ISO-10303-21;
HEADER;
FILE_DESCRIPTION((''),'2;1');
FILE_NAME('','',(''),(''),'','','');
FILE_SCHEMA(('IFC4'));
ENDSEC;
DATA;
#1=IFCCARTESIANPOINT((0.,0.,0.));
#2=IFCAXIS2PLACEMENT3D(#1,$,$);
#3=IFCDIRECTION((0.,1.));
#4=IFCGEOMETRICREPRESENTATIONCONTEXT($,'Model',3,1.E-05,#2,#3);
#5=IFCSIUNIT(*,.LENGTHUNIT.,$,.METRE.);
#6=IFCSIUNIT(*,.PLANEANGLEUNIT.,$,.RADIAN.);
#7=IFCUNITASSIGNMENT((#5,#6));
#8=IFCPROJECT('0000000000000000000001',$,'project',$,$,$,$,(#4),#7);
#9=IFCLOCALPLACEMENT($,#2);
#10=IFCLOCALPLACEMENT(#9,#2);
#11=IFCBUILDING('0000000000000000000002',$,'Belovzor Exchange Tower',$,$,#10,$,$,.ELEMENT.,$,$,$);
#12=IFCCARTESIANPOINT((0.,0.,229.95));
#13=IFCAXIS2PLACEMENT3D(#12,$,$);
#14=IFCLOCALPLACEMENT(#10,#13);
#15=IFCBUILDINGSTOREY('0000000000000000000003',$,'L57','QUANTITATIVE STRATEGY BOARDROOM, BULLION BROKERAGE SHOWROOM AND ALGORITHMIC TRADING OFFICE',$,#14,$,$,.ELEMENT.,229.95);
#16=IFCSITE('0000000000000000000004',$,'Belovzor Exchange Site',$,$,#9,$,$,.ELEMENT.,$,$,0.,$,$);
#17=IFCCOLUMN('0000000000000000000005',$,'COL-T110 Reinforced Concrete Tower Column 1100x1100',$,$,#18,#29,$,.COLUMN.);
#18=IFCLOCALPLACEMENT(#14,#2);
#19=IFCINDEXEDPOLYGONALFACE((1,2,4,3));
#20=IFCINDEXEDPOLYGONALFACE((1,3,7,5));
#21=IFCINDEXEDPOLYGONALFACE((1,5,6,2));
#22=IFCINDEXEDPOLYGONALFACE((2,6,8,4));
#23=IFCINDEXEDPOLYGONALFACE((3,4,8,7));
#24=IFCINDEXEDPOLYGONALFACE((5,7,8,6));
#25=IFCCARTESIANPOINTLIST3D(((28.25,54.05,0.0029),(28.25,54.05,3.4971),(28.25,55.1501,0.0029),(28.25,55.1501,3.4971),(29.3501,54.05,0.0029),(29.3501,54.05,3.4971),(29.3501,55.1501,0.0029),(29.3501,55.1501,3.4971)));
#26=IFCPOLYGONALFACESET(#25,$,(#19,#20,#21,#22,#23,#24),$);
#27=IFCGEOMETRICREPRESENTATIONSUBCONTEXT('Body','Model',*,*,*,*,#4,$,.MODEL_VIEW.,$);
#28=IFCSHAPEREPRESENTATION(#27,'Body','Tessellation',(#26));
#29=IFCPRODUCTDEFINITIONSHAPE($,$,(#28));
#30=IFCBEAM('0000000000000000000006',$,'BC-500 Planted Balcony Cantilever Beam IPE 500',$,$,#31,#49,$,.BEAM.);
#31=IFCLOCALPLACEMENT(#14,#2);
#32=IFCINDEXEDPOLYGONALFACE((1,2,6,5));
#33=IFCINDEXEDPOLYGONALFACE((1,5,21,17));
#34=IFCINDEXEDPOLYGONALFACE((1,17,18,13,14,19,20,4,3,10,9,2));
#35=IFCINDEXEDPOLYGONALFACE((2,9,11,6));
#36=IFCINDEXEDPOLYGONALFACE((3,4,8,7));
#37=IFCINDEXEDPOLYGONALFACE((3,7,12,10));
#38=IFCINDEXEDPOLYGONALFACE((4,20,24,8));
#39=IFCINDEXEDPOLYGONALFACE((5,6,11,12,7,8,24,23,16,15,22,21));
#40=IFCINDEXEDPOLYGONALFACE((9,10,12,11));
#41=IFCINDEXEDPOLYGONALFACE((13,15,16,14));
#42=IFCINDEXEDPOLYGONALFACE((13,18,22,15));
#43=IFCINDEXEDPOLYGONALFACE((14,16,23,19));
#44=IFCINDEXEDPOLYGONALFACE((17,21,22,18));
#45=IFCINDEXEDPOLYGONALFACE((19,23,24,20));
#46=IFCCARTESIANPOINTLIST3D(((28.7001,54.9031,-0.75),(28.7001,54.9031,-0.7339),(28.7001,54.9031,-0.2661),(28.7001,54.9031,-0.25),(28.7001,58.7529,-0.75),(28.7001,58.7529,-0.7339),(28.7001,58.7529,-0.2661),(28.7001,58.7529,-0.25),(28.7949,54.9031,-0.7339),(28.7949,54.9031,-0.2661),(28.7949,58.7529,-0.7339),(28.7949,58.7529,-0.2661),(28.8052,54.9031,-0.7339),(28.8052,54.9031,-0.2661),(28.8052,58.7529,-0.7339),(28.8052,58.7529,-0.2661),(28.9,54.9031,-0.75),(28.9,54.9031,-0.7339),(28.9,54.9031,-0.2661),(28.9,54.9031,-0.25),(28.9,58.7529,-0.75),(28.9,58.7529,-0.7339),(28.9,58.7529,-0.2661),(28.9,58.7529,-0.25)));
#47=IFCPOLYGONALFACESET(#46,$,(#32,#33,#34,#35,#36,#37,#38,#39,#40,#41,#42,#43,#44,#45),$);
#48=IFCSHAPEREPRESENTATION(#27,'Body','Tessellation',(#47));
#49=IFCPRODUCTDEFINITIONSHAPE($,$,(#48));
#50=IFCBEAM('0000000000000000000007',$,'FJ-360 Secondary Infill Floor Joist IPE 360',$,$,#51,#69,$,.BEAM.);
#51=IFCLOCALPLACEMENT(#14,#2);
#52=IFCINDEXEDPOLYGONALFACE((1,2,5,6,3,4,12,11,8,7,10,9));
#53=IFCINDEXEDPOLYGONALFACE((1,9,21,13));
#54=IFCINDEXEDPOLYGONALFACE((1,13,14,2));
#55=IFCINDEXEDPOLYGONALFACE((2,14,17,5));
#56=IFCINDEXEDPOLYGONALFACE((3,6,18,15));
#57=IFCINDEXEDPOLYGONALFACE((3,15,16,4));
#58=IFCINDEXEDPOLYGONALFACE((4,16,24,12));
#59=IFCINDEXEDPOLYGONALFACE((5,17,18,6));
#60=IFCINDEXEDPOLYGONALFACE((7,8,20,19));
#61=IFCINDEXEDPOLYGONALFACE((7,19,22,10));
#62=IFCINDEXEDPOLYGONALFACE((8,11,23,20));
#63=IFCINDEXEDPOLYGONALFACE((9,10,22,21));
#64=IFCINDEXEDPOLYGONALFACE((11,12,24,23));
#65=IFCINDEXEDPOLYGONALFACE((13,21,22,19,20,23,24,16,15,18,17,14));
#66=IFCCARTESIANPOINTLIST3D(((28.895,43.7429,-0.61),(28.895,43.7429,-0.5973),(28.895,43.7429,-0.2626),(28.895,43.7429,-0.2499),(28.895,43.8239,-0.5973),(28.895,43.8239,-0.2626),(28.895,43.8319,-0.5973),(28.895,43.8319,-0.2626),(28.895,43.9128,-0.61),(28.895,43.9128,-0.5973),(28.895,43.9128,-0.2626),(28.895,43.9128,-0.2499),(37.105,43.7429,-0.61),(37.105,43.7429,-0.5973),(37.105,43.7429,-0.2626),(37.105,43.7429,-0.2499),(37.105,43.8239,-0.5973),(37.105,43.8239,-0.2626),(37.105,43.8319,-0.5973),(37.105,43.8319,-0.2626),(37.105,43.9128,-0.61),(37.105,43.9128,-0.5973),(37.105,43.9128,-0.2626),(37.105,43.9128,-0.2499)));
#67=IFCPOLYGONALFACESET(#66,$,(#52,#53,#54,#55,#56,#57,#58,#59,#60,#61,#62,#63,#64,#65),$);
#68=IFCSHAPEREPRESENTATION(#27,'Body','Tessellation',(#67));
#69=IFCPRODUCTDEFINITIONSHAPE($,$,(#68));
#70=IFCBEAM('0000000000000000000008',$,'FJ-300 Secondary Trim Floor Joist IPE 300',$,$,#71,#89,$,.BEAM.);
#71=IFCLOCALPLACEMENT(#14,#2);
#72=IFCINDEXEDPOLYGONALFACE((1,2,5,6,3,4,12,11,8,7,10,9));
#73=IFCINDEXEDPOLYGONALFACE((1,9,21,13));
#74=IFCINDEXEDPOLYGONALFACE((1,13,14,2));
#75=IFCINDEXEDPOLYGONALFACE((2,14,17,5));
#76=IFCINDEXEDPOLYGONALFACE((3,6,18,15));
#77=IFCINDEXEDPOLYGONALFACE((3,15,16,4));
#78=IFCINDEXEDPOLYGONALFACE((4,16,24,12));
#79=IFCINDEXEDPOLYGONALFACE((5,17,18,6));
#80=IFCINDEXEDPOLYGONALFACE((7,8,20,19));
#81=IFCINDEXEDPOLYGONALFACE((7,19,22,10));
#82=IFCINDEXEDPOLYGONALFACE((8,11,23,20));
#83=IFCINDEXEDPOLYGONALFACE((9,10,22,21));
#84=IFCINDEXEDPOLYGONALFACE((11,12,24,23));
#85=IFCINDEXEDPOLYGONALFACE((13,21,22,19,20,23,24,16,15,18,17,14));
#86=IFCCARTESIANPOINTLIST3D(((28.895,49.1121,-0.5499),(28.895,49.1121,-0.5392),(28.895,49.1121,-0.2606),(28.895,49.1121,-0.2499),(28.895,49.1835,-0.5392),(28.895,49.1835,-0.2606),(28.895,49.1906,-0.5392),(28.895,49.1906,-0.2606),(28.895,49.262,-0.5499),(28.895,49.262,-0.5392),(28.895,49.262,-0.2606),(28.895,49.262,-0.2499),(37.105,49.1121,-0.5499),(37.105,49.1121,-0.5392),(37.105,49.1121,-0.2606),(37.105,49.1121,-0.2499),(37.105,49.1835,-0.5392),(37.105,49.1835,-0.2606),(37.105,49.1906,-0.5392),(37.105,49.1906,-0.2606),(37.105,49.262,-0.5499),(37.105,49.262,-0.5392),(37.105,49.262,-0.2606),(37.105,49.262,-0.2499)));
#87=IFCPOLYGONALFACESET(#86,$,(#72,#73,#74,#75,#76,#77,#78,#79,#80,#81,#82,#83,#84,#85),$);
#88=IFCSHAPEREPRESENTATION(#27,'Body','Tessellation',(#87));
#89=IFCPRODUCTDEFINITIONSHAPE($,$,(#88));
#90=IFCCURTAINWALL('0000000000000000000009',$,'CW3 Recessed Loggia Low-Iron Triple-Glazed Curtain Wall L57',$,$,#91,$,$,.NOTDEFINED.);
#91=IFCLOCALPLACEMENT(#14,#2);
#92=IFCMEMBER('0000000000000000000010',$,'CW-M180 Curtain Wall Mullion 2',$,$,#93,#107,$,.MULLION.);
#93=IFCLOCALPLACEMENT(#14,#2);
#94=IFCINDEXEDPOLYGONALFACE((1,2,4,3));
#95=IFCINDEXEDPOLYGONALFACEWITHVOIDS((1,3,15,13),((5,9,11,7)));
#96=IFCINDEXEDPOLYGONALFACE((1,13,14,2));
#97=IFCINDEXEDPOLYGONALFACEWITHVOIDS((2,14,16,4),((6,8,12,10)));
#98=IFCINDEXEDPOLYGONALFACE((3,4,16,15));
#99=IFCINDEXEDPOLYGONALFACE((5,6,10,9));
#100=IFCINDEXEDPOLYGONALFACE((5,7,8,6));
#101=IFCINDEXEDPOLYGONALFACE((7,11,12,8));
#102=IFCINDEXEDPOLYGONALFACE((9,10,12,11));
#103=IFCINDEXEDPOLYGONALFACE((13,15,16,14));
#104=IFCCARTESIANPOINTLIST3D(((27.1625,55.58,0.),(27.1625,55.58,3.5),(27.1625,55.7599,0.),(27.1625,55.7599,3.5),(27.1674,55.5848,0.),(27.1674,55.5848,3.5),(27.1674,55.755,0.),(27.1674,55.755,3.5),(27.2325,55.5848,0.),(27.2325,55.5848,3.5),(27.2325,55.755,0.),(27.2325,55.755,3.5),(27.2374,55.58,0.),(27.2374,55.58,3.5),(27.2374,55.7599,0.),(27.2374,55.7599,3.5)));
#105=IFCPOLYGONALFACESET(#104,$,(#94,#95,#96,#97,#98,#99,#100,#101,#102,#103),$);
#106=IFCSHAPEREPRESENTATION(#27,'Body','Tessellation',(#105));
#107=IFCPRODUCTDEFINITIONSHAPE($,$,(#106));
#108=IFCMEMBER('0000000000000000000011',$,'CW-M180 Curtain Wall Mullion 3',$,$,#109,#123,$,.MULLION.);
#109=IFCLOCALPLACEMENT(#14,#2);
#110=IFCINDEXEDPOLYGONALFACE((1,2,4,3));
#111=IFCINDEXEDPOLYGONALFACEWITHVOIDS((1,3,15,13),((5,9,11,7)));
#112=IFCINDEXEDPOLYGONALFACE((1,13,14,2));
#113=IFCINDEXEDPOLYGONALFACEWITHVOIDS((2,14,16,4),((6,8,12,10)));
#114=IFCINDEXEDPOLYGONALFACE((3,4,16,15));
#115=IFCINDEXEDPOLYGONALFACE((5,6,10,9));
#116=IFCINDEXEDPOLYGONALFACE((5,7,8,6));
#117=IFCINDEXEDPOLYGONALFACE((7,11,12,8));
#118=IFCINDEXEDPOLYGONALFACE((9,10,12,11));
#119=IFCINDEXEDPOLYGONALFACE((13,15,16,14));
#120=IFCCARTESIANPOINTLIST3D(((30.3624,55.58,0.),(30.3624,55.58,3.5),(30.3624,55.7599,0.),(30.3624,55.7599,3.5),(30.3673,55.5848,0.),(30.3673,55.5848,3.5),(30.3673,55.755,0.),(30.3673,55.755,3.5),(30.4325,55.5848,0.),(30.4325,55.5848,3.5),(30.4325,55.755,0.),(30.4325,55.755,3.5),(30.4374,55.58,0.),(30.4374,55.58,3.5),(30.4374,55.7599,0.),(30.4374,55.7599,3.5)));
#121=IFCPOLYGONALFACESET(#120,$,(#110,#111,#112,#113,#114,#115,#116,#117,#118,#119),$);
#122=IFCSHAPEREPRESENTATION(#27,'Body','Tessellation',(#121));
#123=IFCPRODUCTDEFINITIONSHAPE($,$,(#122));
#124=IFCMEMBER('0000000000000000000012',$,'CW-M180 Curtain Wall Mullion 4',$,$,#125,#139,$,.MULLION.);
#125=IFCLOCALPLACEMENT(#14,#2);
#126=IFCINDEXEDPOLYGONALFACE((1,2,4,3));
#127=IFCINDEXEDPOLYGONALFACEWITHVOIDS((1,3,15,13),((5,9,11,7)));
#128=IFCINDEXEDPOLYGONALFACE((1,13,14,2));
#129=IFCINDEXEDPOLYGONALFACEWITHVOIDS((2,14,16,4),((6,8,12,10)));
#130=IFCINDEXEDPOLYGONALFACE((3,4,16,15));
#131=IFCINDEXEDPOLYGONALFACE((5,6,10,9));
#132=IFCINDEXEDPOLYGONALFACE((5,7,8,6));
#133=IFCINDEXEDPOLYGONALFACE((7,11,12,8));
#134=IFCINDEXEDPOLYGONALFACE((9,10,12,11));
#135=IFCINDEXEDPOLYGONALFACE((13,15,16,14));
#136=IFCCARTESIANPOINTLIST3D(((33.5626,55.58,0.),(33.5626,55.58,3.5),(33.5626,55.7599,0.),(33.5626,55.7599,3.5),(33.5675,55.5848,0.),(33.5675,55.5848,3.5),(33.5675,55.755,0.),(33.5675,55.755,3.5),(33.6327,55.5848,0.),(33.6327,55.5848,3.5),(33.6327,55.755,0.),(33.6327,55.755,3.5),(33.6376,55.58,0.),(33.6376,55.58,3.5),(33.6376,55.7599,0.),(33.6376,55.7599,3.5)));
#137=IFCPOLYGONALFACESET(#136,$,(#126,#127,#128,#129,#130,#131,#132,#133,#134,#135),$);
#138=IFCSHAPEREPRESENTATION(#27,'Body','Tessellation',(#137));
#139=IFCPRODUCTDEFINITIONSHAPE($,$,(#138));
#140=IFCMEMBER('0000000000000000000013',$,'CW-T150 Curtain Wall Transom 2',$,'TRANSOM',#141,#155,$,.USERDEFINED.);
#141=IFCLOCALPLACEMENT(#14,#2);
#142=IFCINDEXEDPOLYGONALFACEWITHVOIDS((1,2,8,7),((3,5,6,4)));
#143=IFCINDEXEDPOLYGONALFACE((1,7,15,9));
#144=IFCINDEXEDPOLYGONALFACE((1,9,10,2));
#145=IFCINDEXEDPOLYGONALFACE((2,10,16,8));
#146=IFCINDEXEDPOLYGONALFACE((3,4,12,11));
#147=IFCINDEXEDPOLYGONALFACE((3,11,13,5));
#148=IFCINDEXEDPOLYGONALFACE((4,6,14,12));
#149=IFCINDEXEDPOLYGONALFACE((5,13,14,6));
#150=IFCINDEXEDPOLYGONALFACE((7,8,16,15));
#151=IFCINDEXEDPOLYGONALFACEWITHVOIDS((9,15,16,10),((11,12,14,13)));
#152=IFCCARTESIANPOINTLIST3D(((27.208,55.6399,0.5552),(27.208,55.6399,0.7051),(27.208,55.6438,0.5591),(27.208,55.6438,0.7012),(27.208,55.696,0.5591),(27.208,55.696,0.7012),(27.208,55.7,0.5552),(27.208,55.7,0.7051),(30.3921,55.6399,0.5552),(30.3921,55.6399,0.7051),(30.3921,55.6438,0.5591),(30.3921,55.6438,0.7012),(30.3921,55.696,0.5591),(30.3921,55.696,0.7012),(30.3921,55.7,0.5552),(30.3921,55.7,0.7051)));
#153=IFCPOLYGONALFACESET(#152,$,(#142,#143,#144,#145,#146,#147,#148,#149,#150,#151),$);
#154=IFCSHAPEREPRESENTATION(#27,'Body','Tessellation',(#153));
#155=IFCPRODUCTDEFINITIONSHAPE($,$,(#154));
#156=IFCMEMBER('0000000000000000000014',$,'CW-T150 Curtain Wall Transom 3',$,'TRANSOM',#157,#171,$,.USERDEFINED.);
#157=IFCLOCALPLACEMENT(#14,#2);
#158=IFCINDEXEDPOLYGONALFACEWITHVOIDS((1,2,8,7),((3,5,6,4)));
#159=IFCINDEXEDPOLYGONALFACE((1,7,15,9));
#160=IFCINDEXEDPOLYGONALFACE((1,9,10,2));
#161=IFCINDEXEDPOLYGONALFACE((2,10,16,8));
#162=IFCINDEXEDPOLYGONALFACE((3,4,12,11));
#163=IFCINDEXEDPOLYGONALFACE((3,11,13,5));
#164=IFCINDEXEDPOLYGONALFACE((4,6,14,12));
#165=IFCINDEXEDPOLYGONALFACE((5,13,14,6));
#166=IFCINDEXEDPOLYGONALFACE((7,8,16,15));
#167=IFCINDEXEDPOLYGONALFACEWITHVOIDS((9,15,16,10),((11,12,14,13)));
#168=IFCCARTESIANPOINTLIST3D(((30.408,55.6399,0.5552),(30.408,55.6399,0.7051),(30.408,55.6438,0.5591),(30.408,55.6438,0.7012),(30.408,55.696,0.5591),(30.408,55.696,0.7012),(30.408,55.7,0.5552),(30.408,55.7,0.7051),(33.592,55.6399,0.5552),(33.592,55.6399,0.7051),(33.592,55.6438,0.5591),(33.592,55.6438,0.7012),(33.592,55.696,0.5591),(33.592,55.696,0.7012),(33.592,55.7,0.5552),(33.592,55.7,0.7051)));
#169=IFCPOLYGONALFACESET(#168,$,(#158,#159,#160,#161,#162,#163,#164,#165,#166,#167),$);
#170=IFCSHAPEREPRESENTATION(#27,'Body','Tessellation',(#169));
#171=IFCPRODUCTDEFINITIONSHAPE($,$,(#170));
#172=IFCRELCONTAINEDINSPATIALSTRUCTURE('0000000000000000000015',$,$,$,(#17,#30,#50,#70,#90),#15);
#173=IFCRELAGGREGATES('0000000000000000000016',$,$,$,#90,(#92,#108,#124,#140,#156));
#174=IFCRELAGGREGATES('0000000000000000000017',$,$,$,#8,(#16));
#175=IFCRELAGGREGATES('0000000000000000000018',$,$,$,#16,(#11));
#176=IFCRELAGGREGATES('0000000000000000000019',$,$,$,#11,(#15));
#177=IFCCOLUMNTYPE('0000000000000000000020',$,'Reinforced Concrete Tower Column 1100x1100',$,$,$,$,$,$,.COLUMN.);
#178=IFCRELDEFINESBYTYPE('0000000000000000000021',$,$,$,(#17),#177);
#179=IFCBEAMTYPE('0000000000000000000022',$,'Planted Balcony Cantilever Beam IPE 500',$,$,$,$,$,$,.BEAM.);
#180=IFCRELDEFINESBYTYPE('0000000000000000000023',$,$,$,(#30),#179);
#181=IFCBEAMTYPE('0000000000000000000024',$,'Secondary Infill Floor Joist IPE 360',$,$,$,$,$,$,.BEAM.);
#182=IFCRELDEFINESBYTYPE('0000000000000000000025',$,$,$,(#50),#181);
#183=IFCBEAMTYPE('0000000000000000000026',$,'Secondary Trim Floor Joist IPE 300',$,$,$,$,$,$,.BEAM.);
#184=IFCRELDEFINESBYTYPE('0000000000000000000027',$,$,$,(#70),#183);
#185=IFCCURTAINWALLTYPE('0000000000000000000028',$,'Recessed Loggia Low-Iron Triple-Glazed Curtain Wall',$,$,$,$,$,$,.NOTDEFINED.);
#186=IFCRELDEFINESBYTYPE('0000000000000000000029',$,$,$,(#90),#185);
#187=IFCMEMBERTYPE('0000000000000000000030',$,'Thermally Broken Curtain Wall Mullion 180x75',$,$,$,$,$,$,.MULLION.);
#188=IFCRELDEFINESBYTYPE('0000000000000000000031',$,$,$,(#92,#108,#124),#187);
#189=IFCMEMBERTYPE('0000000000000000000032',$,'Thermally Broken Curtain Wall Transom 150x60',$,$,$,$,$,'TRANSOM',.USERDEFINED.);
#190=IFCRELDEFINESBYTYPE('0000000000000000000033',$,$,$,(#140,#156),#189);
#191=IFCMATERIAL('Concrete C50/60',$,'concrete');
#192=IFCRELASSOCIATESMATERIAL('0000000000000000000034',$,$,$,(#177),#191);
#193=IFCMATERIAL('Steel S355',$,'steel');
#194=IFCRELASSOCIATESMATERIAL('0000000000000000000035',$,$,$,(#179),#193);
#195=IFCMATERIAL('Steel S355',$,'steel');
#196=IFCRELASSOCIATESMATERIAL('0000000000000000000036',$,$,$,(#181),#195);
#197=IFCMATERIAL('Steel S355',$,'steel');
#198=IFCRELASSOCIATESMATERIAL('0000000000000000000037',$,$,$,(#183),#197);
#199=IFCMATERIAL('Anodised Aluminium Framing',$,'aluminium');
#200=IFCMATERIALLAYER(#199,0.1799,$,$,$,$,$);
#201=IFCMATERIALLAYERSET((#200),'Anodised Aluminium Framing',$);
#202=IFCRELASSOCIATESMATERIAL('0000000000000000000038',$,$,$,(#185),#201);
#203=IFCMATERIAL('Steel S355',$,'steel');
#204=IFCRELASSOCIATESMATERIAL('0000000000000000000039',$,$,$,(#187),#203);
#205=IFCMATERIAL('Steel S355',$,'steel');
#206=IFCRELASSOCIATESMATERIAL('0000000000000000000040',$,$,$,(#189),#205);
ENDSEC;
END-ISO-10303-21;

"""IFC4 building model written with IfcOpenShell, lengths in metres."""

from ifc_helpers import new_model, si_unit, direction, frame, origin, origin_2d, place, context, subcontext, project, spatial, rectangle, hollow_rectangle, i_section, extrude, material, layer, layer_set, material_profile, profile_set, type_object, element, aggregate, save


model = new_model("IFC4")

# Units and contexts
model_context = context("Model", 3, precision=1e-05, world=origin(), true_north=direction((0.0, 1.0)))
body_context = subcontext(model_context, "Body", "Model", "MODEL_VIEW")
ifc_project = project(units=[si_unit("LENGTHUNIT", "METRE"), si_unit("PLANEANGLEUNIT", "RADIAN")], contexts=[model_context])

# Site, building, storey
site_placement = place(None, origin())
site = spatial("IfcSite", under=ifc_project, at=site_placement, Name="Belovzor Exchange Site", CompositionType="ELEMENT", RefElevation=0.0)
building_placement = place(site_placement, origin())
building = spatial("IfcBuilding", under=site, at=building_placement, Name="Belovzor Exchange Tower", CompositionType="ELEMENT")
storey_placement = place(building_placement, frame((0.0, 0.0, 229.95)))
storey = spatial("IfcBuildingStorey", under=building, at=storey_placement, Name="L57", Description="QUANTITATIVE STRATEGY BOARDROOM, BULLION BROKERAGE SHOWROOM AND ALGORITHMIC TRADING OFFICE", CompositionType="ELEMENT", Elevation=229.95)

# Column
ifc_material_1 = material(Name="Concrete C50/60", Category="concrete")
ifc_material_profile_1 = material_profile(ifc_material_1, rectangle(XDim=1.1001, YDim=1.1001, at=origin_2d()))
ifc_profile_set_1 = profile_set([ifc_material_profile_1], Name="Concrete C50/60")
column_type = type_object("IfcColumnType", Name="Reinforced Concrete Tower Column 1100x1100", PredefinedType="COLUMN", material=ifc_profile_set_1)
column_placement = place(storey_placement, frame((28.8, 54.6001, 0.0029), z_axis=(0.0, 0.0, 1.0), x_axis=(1.0, 0.0, 0.0)))
element("IfcColumn", 1, at=column_placement, inside=storey, type_object=column_type, Name="COL-T110 Reinforced Concrete Tower Column 1100x1100", PredefinedType="COLUMN", context=body_context, shape_type="SweptSolid", body=[
    extrude(rectangle(XDim=1.1001, YDim=1.1001, at=origin_2d()), origin(), (0.0, 0.0, 1.0), 3.4941),
])

# Beams
ifc_material_2 = material(Name="Steel S355", Category="steel")
ifc_material_profile_2 = material_profile(ifc_material_2, i_section(OverallWidth=0.2, OverallDepth=0.5, WebThickness=0.0103, FlangeThickness=0.0161, at=origin_2d()))
ifc_profile_set_2 = profile_set([ifc_material_profile_2], Name="Steel S355")
beam_type_1 = type_object("IfcBeamType", Name="Planted Balcony Cantilever Beam IPE 500", PredefinedType="BEAM", material=ifc_profile_set_2)
beam_1_placement = place(storey_placement, frame((28.8, 54.9031, -0.5), z_axis=(0.0, 1.0, 0.0), x_axis=(-1.0, 0.0, 0.0)))
element("IfcBeam", 2, at=beam_1_placement, inside=storey, type_object=beam_type_1, Name="BC-500 Planted Balcony Cantilever Beam IPE 500", PredefinedType="BEAM", context=body_context, shape_type="SweptSolid", body=[
    extrude(i_section(OverallWidth=0.2, OverallDepth=0.5, WebThickness=0.0103, FlangeThickness=0.0161, at=origin_2d()), origin(), (0.0, 0.0, 1.0), 3.8499),
])
ifc_material_3 = material(Name="Steel S355", Category="steel")
ifc_material_profile_3 = material_profile(ifc_material_3, i_section(OverallWidth=0.1699, OverallDepth=0.3601, WebThickness=0.0081, FlangeThickness=0.0127, at=origin_2d()))
ifc_profile_set_3 = profile_set([ifc_material_profile_3], Name="Steel S355")
beam_type_2 = type_object("IfcBeamType", Name="Secondary Infill Floor Joist IPE 360", PredefinedType="BEAM", material=ifc_profile_set_3)
beam_2_placement = place(storey_placement, frame((28.895, 43.8279, -0.4299), z_axis=(1.0, 0.0, 0.0), x_axis=(0.0, 1.0, 0.0)))
element("IfcBeam", 3, at=beam_2_placement, inside=storey, type_object=beam_type_2, Name="FJ-360 Secondary Infill Floor Joist IPE 360", PredefinedType="BEAM", context=body_context, shape_type="SweptSolid", body=[
    extrude(i_section(OverallWidth=0.1699, OverallDepth=0.3601, WebThickness=0.0081, FlangeThickness=0.0127, at=origin_2d()), origin(), (0.0, 0.0, 1.0), 8.21),
])
ifc_material_4 = material(Name="Steel S355", Category="steel")
ifc_material_profile_4 = material_profile(ifc_material_4, i_section(OverallWidth=0.1499, OverallDepth=0.3, WebThickness=0.0071, FlangeThickness=0.0107, at=origin_2d()))
ifc_profile_set_4 = profile_set([ifc_material_profile_4], Name="Steel S355")
beam_type_3 = type_object("IfcBeamType", Name="Secondary Trim Floor Joist IPE 300", PredefinedType="BEAM", material=ifc_profile_set_4)
beam_3_placement = place(storey_placement, frame((28.895, 49.187, -0.3999), z_axis=(1.0, 0.0, 0.0), x_axis=(0.0, 1.0, 0.0)))
element("IfcBeam", 4, at=beam_3_placement, inside=storey, type_object=beam_type_3, Name="FJ-300 Secondary Trim Floor Joist IPE 300", PredefinedType="BEAM", context=body_context, shape_type="SweptSolid", body=[
    extrude(i_section(OverallWidth=0.1499, OverallDepth=0.3, WebThickness=0.0071, FlangeThickness=0.0107, at=origin_2d()), origin(), (0.0, 0.0, 1.0), 8.21),
])

# Curtain wall, members
ifc_material_5 = material(Name="Anodised Aluminium Framing", Category="aluminium")
ifc_layer_1 = layer(ifc_material_5, 0.1799)
ifc_layer_set_1 = layer_set([ifc_layer_1], Name="Anodised Aluminium Framing")
curtain_wall_type = type_object("IfcCurtainWallType", Name="Recessed Loggia Low-Iron Triple-Glazed Curtain Wall", PredefinedType="NOTDEFINED", material=ifc_layer_set_1)
curtain_wall_placement = place(storey_placement, origin())
curtain_wall = element("IfcCurtainWall", 5, at=curtain_wall_placement, inside=storey, type_object=curtain_wall_type, Name="CW3 Recessed Loggia Low-Iron Triple-Glazed Curtain Wall L57", PredefinedType="NOTDEFINED")
ifc_material_6 = material(Name="Steel S355", Category="steel")
ifc_material_profile_5 = material_profile(ifc_material_6, hollow_rectangle(XDim=0.075, YDim=0.1799, WallThickness=0.0049, at=origin_2d()))
ifc_profile_set_5 = profile_set([ifc_material_profile_5], Name="Steel S355")
member_type_1 = type_object("IfcMemberType", Name="Thermally Broken Curtain Wall Mullion 180x75", PredefinedType="MULLION", material=ifc_profile_set_5)
member_1_placement = place(storey_placement, frame((27.2, 55.6699, 0.0), z_axis=(0.0, 0.0, 1.0), x_axis=(1.0, 0.0, 0.0)))
member_1 = element("IfcMember", 6, at=member_1_placement, type_object=member_type_1, Name="CW-M180 Curtain Wall Mullion 2", PredefinedType="MULLION", context=body_context, shape_type="SweptSolid", body=[
    extrude(hollow_rectangle(XDim=0.075, YDim=0.1799, WallThickness=0.0049, at=origin_2d()), origin(), (0.0, 0.0, 1.0), 3.5),
])
member_2_placement = place(storey_placement, frame((30.3999, 55.6699, 0.0), z_axis=(0.0, 0.0, 1.0), x_axis=(1.0, 0.0, 0.0)))
member_2 = element("IfcMember", 7, at=member_2_placement, type_object=member_type_1, Name="CW-M180 Curtain Wall Mullion 3", PredefinedType="MULLION", context=body_context, shape_type="SweptSolid", body=[
    extrude(hollow_rectangle(XDim=0.075, YDim=0.1799, WallThickness=0.0049, at=origin_2d()), origin(), (0.0, 0.0, 1.0), 3.5),
])
member_3_placement = place(storey_placement, frame((33.6001, 55.6699, 0.0), z_axis=(0.0, 0.0, 1.0), x_axis=(1.0, 0.0, 0.0)))
member_3 = element("IfcMember", 8, at=member_3_placement, type_object=member_type_1, Name="CW-M180 Curtain Wall Mullion 4", PredefinedType="MULLION", context=body_context, shape_type="SweptSolid", body=[
    extrude(hollow_rectangle(XDim=0.075, YDim=0.1799, WallThickness=0.0049, at=origin_2d()), origin(), (0.0, 0.0, 1.0), 3.5),
])
ifc_material_7 = material(Name="Steel S355", Category="steel")
ifc_material_profile_6 = material_profile(ifc_material_7, hollow_rectangle(XDim=0.0601, YDim=0.1499, WallThickness=0.0039, at=origin_2d()))
ifc_profile_set_6 = profile_set([ifc_material_profile_6], Name="Steel S355")
member_type_2 = type_object("IfcMemberType", Name="Thermally Broken Curtain Wall Transom 150x60", ElementType="TRANSOM", PredefinedType="USERDEFINED", material=ifc_profile_set_6)
member_4_placement = place(storey_placement, frame((27.208, 55.6699, 0.6301), z_axis=(1.0, 0.0, 0.0), x_axis=(0.0, 1.0, 0.0)))
member_4 = element("IfcMember", 9, at=member_4_placement, type_object=member_type_2, Name="CW-T150 Curtain Wall Transom 2", ObjectType="TRANSOM", PredefinedType="USERDEFINED", context=body_context, shape_type="SweptSolid", body=[
    extrude(hollow_rectangle(XDim=0.0601, YDim=0.1499, WallThickness=0.0039, at=origin_2d()), origin(), (0.0, 0.0, 1.0), 3.1841),
])
member_5_placement = place(storey_placement, frame((30.408, 55.6699, 0.6301), z_axis=(1.0, 0.0, 0.0), x_axis=(0.0, 1.0, 0.0)))
member_5 = element("IfcMember", 10, at=member_5_placement, type_object=member_type_2, Name="CW-T150 Curtain Wall Transom 3", ObjectType="TRANSOM", PredefinedType="USERDEFINED", context=body_context, shape_type="SweptSolid", body=[
    extrude(hollow_rectangle(XDim=0.0601, YDim=0.1499, WallThickness=0.0039, at=origin_2d()), origin(), (0.0, 0.0, 1.0), 3.1841),
])

aggregate(curtain_wall, [member_1, member_2, member_3, member_4, member_5])

save(model, "model.ifc")
